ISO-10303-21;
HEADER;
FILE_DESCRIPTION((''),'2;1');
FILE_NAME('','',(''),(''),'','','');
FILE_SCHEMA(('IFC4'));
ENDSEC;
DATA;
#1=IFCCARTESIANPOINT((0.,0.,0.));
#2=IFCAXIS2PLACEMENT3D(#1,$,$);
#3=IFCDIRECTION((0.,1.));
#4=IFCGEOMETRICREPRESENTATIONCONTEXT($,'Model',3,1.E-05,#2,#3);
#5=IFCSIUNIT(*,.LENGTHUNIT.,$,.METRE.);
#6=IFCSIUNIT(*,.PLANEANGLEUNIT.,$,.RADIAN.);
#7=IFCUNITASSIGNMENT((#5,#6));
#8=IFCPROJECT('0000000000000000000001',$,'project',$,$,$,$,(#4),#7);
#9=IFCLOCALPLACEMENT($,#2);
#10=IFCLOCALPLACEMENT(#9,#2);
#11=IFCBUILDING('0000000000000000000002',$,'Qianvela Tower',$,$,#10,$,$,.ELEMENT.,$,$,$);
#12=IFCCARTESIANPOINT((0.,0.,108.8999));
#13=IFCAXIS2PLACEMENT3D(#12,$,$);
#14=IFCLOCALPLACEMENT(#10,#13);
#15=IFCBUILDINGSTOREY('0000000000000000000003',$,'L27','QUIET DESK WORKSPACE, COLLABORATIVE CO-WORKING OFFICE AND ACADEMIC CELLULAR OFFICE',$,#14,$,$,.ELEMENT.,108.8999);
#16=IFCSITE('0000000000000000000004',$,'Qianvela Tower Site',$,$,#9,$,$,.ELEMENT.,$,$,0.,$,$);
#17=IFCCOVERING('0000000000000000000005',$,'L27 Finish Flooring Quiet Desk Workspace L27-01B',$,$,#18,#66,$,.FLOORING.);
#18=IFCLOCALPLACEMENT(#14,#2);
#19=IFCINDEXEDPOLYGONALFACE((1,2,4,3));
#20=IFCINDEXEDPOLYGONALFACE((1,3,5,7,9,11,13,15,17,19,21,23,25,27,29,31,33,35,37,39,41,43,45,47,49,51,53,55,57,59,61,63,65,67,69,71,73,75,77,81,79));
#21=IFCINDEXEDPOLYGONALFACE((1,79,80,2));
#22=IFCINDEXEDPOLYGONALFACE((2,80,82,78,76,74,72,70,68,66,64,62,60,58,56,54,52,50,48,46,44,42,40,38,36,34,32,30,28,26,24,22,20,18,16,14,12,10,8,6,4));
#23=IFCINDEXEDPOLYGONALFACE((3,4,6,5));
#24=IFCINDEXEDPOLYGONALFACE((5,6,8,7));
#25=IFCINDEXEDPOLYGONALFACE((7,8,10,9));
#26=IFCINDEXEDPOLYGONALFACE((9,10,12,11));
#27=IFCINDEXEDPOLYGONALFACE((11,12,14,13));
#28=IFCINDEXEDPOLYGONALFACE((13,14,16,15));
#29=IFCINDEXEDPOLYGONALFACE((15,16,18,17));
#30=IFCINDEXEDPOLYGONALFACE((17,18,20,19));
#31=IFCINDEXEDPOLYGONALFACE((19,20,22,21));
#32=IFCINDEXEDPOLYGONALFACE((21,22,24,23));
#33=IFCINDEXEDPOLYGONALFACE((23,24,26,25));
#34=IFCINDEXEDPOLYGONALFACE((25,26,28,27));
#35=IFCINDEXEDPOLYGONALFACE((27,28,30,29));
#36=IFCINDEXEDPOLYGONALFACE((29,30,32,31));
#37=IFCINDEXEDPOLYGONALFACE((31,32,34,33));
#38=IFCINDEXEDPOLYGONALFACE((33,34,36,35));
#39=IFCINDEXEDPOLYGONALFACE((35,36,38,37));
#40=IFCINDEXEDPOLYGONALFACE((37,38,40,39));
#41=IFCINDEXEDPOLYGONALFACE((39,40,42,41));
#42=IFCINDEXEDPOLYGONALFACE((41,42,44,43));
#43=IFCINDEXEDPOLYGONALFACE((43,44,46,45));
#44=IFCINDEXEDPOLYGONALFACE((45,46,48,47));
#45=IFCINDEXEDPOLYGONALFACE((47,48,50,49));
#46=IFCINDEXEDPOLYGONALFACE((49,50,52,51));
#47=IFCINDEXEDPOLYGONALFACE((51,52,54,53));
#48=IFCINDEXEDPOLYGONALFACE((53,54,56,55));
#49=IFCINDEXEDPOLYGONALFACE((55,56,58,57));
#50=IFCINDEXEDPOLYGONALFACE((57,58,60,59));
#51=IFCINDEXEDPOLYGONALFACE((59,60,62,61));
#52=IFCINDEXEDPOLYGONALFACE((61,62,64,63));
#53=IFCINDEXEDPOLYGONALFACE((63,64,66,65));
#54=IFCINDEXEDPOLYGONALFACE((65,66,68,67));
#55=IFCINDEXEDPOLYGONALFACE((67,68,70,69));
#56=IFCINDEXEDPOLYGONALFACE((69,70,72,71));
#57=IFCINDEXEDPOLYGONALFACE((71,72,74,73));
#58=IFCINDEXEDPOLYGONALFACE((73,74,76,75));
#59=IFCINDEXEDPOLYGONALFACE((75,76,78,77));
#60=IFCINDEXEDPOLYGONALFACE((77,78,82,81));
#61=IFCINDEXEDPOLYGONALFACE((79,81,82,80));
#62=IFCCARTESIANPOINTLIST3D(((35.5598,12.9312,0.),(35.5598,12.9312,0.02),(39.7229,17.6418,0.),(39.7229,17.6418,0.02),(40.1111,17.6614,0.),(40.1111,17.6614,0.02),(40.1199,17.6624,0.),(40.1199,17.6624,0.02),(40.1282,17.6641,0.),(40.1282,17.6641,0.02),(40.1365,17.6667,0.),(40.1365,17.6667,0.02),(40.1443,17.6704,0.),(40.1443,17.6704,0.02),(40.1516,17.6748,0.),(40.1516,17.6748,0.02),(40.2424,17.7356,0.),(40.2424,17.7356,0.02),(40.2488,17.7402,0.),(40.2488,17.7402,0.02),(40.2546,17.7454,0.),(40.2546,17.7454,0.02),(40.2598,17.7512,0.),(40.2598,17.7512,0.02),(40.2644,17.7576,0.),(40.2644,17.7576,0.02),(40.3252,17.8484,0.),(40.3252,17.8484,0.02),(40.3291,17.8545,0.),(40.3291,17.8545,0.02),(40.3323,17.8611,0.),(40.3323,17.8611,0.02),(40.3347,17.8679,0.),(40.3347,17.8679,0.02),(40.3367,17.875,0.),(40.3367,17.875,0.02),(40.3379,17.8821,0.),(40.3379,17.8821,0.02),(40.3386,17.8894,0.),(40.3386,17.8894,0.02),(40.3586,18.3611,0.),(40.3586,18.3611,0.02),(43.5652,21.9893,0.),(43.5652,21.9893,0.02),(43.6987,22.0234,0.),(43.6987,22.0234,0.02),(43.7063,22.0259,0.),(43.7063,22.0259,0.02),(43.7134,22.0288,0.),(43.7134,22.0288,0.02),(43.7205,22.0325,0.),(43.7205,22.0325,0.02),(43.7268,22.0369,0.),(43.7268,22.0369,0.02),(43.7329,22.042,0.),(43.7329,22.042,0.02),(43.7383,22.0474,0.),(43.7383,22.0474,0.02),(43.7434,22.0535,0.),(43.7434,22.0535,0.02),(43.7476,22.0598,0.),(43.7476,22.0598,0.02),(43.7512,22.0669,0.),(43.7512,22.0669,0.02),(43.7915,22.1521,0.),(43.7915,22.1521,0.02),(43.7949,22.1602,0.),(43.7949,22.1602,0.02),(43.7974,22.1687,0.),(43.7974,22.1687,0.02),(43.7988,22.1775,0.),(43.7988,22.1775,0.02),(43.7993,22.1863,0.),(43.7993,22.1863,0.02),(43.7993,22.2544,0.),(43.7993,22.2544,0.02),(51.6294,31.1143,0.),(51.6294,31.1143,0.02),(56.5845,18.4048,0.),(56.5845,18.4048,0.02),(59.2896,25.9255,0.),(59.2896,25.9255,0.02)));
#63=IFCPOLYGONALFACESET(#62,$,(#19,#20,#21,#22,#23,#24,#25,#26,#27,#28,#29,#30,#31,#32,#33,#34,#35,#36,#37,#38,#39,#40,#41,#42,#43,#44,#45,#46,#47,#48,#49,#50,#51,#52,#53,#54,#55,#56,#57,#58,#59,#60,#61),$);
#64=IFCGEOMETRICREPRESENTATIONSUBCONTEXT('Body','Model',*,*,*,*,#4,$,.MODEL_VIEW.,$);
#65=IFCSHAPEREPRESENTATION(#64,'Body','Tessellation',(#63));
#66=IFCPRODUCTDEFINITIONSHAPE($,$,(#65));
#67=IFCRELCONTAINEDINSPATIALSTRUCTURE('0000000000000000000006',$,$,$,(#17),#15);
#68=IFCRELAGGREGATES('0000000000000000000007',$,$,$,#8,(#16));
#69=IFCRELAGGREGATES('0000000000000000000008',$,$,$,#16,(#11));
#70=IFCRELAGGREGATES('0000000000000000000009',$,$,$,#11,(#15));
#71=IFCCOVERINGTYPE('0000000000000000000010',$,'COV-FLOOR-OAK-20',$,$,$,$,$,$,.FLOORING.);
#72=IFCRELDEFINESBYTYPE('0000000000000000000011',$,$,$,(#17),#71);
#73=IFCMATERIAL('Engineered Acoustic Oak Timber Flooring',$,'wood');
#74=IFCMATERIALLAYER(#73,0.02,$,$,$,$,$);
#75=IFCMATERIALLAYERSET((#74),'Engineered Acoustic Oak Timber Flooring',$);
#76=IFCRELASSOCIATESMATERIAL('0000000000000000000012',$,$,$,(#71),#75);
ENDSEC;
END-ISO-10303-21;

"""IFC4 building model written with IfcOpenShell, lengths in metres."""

from ifc_helpers import new_model, si_unit, direction, frame, origin, place, context, subcontext, project, spatial, polyline, outline, extrude, material, layer, layer_set, type_object, element, save


model = new_model("IFC4")

# Units and contexts
model_context = context("Model", 3, precision=1e-05, world=origin(), true_north=direction((0.0, 1.0)))
body_context = subcontext(model_context, "Body", "Model", "MODEL_VIEW")
ifc_project = project(units=[si_unit("LENGTHUNIT", "METRE"), si_unit("PLANEANGLEUNIT", "RADIAN")], contexts=[model_context])

# Site, building, storey
site_placement = place(None, origin())
site = spatial("IfcSite", under=ifc_project, at=site_placement, Name="Qianvela Tower Site", CompositionType="ELEMENT", RefElevation=0.0)
building_placement = place(site_placement, origin())
building = spatial("IfcBuilding", under=site, at=building_placement, Name="Qianvela Tower", CompositionType="ELEMENT")
storey_placement = place(building_placement, frame((0.0, 0.0, 108.8999)))
storey = spatial("IfcBuildingStorey", under=building, at=storey_placement, Name="L27", Description="QUIET DESK WORKSPACE, COLLABORATIVE CO-WORKING OFFICE AND ACADEMIC CELLULAR OFFICE", CompositionType="ELEMENT", Elevation=108.8999)

# Covering
ifc_material_1 = material(Name="Engineered Acoustic Oak Timber Flooring", Category="wood")
ifc_layer_1 = layer(ifc_material_1, 0.02)
ifc_layer_set_1 = layer_set([ifc_layer_1], Name="Engineered Acoustic Oak Timber Flooring")
covering_type_1 = type_object("IfcCoveringType", Name="COV-FLOOR-OAK-20", PredefinedType="FLOORING", material=ifc_layer_set_1)
covering_1_placement = place(storey_placement, origin())
element("IfcCovering", 1, at=covering_1_placement, inside=storey, type_object=covering_type_1, Name="L27 Finish Flooring Quiet Desk Workspace L27-01B", PredefinedType="FLOORING", context=body_context, shape_type="SweptSolid", body=[
    extrude(outline(polyline([(40.1111, 17.6614), (40.1199, 17.6624), (40.1282, 17.6641), (40.1365, 17.6667), (40.1443, 17.6704), (40.1516, 17.6748), (40.2424, 17.7356), (40.2488, 17.7402), (40.2546, 17.7454), (40.2598, 17.7512), (40.2644, 17.7576), (40.3252, 17.8484), (40.3291, 17.8545), (40.3323, 17.8611), (40.3347, 17.8679), (40.3367, 17.875), (40.3379, 17.8821), (40.3386, 17.8894), (40.3586, 18.3611), (43.5652, 21.9893), (43.6987, 22.0234), (43.7063, 22.0259), (43.7134, 22.0288), (43.7205, 22.0325), (43.7268, 22.0369), (43.7329, 22.042), (43.7383, 22.0474), (43.7434, 22.0535), (43.7476, 22.0598), (43.7512, 22.0669), (43.7915, 22.1521), (43.7949, 22.1602), (43.7974, 22.1687), (43.7988, 22.1775), (43.7993, 22.1863), (43.7993, 22.2544), (51.6294, 31.1143), (59.2896, 25.9255), (56.5845, 18.4048), (35.5598, 12.9312), (39.7229, 17.6418), (40.1111, 17.6614)])), origin(), (0.0, 0.0, 1.0), 0.02),
])

save(model, "model.ifc")
